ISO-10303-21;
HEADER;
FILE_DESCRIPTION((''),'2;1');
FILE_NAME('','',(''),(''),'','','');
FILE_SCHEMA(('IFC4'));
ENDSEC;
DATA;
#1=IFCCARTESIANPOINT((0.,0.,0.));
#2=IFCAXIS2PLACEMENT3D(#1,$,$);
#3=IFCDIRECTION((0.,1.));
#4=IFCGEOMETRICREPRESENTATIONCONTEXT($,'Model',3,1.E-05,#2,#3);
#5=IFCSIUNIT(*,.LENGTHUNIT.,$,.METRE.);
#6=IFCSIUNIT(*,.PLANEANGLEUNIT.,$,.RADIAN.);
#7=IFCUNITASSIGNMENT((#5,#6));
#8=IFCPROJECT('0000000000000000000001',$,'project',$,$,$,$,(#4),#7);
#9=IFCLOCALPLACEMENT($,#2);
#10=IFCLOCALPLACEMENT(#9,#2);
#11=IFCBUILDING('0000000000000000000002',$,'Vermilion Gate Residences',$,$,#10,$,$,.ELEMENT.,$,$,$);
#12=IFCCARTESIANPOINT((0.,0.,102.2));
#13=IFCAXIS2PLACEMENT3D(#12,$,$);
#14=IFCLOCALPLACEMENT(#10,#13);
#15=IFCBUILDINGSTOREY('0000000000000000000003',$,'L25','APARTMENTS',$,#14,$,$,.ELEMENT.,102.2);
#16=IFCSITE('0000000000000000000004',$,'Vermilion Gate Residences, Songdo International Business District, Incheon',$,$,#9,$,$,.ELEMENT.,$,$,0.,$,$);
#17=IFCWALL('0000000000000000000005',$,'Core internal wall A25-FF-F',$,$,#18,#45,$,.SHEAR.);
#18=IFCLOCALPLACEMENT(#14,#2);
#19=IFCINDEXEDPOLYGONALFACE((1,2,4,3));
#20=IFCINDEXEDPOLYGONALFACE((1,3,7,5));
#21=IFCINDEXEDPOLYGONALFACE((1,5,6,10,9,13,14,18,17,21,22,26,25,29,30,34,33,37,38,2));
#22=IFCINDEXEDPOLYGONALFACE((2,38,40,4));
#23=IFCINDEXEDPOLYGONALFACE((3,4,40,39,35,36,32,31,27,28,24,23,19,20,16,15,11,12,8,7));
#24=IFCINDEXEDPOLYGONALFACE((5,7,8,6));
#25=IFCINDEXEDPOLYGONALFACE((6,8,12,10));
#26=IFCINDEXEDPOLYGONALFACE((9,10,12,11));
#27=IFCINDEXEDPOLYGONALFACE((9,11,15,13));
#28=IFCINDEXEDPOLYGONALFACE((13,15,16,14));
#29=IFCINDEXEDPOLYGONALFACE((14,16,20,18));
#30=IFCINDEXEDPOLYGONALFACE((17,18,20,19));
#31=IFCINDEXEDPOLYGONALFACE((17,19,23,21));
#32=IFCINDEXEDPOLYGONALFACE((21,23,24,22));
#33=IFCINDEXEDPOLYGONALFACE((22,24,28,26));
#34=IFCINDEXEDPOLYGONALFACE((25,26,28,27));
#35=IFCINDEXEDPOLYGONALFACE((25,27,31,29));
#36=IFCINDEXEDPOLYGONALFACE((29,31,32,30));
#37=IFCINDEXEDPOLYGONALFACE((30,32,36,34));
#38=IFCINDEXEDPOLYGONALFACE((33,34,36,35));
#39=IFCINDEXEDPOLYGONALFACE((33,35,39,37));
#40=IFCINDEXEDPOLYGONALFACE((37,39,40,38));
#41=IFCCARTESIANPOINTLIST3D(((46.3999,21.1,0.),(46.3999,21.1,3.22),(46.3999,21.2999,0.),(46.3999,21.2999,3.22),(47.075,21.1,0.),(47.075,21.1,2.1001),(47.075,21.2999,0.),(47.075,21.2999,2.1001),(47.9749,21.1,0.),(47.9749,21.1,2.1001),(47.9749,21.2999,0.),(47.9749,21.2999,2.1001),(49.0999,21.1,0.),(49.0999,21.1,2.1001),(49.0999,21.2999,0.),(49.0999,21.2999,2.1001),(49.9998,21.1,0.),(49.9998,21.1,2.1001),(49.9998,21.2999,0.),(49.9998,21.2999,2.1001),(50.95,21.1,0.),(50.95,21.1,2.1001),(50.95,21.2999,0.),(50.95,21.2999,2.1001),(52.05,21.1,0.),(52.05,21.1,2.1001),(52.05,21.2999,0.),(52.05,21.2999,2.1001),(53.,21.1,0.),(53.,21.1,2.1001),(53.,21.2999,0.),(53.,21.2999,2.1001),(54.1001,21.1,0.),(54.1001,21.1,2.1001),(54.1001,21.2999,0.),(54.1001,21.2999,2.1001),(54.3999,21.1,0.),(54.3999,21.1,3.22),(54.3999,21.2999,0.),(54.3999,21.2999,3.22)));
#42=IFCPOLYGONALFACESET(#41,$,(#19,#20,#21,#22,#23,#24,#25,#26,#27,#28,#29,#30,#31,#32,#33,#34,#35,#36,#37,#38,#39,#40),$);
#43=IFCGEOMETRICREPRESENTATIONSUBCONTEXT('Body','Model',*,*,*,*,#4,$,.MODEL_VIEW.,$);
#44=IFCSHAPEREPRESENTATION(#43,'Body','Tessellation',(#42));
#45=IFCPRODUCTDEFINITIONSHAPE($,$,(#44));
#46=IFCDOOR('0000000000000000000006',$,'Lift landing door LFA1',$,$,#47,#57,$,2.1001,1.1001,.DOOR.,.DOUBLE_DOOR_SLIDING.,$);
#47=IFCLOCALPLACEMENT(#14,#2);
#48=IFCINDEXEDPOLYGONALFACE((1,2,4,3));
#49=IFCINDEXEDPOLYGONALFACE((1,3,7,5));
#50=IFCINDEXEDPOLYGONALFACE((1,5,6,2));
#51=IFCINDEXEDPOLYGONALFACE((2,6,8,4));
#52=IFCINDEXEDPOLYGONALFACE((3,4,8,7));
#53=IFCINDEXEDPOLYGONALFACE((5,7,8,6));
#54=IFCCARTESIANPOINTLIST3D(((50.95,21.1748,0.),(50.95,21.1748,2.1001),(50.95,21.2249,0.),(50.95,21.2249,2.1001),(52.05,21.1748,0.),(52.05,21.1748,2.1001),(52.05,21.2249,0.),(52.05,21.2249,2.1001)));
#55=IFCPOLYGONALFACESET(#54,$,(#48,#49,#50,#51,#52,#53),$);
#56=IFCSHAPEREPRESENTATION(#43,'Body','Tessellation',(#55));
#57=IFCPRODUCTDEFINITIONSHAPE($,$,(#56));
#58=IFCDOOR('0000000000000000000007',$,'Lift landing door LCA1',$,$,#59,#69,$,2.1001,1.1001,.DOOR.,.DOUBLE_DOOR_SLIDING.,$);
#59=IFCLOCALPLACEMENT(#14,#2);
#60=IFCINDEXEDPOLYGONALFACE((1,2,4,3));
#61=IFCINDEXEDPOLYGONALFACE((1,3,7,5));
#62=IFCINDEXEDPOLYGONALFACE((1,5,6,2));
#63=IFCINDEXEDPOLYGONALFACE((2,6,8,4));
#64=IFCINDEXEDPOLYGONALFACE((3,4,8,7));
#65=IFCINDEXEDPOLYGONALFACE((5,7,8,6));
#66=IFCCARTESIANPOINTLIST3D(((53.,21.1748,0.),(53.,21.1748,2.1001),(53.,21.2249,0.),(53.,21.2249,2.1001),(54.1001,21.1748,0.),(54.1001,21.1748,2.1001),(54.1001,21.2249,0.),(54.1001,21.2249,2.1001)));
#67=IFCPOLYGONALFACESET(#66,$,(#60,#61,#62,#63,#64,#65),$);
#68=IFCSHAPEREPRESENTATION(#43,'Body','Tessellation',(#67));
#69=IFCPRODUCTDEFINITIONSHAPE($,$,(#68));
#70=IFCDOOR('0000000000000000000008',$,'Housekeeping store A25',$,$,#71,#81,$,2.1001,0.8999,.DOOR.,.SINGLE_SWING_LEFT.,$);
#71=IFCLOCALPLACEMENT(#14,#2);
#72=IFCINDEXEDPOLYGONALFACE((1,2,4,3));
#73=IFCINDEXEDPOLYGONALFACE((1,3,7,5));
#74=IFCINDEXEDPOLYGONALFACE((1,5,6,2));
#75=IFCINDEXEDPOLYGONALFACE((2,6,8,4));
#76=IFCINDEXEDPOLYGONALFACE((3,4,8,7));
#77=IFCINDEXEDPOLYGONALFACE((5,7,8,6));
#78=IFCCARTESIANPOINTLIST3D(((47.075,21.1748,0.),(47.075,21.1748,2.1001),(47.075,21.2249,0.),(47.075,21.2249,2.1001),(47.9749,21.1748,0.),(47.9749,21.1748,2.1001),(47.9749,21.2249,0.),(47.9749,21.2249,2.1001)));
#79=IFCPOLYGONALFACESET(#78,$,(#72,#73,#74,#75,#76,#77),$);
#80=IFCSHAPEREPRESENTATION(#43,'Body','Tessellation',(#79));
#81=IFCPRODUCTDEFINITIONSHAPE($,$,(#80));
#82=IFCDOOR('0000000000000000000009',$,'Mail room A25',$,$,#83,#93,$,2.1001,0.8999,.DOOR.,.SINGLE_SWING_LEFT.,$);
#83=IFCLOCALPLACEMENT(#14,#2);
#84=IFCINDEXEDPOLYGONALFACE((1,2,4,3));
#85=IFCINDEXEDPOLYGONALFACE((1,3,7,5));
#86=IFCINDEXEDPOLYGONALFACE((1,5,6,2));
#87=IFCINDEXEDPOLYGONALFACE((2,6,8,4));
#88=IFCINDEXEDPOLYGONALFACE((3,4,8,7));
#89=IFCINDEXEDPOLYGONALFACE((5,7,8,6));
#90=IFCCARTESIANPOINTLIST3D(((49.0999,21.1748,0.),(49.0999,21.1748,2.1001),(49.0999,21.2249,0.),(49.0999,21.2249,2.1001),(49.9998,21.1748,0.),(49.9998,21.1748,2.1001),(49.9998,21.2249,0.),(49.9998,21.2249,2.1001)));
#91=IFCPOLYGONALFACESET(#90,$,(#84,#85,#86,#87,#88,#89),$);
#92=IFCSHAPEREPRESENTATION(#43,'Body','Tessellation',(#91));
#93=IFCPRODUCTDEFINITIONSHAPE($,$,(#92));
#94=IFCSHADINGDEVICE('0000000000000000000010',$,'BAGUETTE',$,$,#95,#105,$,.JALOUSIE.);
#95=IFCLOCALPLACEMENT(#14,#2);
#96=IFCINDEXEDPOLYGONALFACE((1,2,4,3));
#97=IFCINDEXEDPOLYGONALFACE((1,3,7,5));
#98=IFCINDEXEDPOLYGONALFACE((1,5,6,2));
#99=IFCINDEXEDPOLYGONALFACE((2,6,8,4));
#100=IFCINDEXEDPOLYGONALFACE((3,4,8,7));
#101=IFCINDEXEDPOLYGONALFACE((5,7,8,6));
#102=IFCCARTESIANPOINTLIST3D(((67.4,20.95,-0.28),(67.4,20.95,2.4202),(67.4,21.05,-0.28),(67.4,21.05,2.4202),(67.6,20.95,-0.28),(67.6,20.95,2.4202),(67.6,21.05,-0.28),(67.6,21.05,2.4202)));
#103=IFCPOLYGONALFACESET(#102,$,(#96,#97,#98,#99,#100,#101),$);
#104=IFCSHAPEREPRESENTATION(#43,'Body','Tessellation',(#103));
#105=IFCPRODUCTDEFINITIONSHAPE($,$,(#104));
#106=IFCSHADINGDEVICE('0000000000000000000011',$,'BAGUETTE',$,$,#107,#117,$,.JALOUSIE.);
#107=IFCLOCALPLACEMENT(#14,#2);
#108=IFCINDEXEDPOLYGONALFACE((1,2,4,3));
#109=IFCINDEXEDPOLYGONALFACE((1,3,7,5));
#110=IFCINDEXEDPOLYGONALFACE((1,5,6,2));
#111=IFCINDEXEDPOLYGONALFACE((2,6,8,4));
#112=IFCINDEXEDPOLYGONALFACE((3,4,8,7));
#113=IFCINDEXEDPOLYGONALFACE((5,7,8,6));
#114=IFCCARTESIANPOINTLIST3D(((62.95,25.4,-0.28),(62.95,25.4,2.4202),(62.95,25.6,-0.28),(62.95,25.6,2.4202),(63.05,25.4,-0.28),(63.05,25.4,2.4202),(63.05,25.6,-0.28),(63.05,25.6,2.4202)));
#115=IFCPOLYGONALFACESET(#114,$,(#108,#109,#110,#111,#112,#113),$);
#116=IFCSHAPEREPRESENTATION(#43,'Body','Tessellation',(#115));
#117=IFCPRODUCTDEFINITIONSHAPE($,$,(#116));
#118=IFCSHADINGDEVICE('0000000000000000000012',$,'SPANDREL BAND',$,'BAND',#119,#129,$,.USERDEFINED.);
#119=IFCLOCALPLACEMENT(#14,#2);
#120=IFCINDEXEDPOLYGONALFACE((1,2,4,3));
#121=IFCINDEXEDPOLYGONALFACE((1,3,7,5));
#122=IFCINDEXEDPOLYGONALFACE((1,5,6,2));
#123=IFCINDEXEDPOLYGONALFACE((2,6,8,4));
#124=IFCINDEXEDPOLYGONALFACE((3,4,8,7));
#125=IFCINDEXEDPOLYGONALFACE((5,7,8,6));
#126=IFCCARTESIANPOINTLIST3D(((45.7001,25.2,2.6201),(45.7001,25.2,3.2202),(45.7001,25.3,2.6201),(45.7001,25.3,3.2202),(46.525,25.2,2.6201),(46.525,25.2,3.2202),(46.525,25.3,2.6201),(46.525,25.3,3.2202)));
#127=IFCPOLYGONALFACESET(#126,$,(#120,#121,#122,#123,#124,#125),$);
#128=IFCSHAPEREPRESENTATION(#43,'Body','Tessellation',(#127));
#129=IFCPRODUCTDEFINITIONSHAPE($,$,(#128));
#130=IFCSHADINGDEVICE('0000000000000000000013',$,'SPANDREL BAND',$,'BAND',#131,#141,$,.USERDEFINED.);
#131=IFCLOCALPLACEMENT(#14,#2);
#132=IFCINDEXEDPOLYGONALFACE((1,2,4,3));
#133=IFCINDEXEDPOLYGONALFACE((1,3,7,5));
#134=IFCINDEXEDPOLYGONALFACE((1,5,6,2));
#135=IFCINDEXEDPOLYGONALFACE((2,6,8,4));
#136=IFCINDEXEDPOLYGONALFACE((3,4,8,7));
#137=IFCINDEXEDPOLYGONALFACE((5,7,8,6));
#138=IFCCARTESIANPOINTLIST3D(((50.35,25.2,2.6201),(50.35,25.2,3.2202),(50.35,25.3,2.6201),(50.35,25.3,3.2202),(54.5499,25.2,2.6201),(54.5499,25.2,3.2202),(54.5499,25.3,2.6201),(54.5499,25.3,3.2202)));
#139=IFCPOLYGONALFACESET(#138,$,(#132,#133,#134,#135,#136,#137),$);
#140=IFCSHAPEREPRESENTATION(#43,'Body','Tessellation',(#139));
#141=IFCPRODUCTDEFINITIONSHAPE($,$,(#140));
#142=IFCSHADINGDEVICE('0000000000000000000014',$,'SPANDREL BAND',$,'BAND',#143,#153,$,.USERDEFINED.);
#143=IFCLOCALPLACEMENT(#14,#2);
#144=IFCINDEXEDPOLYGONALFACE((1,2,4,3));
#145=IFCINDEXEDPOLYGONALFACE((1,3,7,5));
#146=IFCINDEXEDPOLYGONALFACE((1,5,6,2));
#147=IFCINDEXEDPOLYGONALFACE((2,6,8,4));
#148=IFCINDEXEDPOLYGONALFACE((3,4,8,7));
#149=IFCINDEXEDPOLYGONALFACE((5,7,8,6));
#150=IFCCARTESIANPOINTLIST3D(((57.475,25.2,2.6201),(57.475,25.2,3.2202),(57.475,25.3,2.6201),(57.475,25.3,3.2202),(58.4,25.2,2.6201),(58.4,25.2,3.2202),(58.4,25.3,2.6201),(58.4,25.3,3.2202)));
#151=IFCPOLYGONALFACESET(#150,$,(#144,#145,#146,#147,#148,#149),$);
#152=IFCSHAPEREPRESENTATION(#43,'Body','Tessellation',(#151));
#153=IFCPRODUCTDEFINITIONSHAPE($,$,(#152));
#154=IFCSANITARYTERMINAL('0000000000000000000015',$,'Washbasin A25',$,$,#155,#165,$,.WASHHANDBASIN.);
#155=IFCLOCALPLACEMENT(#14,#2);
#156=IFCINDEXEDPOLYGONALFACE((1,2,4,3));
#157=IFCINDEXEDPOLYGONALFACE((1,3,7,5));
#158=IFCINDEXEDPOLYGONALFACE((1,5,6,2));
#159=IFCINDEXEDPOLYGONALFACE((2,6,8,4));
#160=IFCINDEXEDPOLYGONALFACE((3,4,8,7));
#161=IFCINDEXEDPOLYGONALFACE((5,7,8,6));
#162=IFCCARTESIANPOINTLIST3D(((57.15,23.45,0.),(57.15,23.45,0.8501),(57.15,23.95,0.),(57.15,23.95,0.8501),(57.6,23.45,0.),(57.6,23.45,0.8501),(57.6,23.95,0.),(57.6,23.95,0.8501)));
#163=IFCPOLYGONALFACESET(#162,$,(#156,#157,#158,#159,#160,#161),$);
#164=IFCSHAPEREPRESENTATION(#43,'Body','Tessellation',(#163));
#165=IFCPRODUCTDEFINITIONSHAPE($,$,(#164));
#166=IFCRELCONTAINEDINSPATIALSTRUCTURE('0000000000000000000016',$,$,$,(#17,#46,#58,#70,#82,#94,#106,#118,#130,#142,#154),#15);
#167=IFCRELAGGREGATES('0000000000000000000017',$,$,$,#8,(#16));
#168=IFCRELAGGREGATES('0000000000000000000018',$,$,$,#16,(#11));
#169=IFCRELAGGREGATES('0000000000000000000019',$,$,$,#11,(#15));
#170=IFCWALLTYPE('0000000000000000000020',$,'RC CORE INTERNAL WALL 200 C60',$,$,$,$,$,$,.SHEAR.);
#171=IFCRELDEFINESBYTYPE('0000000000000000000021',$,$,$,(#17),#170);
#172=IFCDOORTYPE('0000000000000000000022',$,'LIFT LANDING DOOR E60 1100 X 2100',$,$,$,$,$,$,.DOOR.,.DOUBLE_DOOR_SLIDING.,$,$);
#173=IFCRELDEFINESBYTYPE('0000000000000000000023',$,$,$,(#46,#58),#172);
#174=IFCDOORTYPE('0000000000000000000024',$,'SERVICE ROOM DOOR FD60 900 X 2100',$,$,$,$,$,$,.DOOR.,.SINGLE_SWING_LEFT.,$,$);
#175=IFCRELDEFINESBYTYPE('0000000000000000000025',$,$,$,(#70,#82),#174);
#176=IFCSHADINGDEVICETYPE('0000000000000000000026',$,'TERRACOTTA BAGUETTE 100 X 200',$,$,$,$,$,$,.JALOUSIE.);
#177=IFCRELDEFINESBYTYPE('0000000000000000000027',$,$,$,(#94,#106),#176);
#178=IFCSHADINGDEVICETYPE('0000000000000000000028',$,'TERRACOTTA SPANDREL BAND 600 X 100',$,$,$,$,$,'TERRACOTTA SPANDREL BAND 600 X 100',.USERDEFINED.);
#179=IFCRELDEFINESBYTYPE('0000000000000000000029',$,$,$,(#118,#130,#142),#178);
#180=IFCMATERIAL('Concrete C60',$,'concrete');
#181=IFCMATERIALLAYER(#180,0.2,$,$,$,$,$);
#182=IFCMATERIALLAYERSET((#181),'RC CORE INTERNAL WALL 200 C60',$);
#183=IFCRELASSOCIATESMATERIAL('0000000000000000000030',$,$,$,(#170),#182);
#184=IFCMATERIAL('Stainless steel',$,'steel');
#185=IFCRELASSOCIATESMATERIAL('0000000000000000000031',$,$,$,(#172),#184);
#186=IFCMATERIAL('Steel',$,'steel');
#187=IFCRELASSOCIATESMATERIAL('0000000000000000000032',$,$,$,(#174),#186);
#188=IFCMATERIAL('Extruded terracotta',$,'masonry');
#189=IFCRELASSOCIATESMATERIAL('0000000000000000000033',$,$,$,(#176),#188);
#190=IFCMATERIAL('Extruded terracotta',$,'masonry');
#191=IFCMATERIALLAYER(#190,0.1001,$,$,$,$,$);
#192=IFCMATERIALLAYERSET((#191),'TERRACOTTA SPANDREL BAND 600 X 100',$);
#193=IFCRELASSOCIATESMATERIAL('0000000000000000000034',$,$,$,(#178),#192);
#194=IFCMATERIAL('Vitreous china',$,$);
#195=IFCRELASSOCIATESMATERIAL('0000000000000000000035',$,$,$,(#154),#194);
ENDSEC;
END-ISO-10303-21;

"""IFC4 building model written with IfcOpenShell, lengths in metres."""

from ifc_helpers import new_model, si_unit, direction, frame, frame_2d, origin, origin_2d, place, context, subcontext, project, spatial, rectangle, extrude, material, layer, layer_set, material_profile, profile_set, type_object, element, fill, save


model = new_model("IFC4")

# Units and contexts
model_context = context("Model", 3, precision=1e-05, world=origin(), true_north=direction((0.0, 1.0)))
body_context = subcontext(model_context, "Body", "Model", "MODEL_VIEW")
ifc_project = project(units=[si_unit("LENGTHUNIT", "METRE"), si_unit("PLANEANGLEUNIT", "RADIAN")], contexts=[model_context])

# Site, building, storey
site_placement = place(None, origin())
site = spatial("IfcSite", under=ifc_project, at=site_placement, Name="Vermilion Gate Residences, Songdo International Business District, Incheon", CompositionType="ELEMENT", RefElevation=0.0)
building_placement = place(site_placement, origin())
building = spatial("IfcBuilding", under=site, at=building_placement, Name="Vermilion Gate Residences", CompositionType="ELEMENT")
storey_placement = place(building_placement, frame((0.0, 0.0, 102.2)))
storey = spatial("IfcBuildingStorey", under=building, at=storey_placement, Name="L25", Description="APARTMENTS", CompositionType="ELEMENT", Elevation=102.2)

# Shared definitions
ifc_material_1 = material(Name="Concrete C60", Category="concrete")
ifc_layer_1 = layer(ifc_material_1, 0.2)
ifc_layer_set_1 = layer_set([ifc_layer_1], Name="RC CORE INTERNAL WALL 200 C60")
wall_type_1 = type_object("IfcWallType", Name="RC CORE INTERNAL WALL 200 C60", PredefinedType="SHEAR", material=ifc_layer_set_1)

# Wall, openings, doors
wall_1_placement = place(storey_placement, frame((46.3999, 21.2, 0.0), z_axis=(0.0, 0.0, 1.0), x_axis=(1.0, 0.0, 0.0)))
wall_1 = element("IfcWall", 1, at=wall_1_placement, inside=storey, type_object=wall_type_1, Name="Core internal wall A25-FF-F", PredefinedType="SHEAR", context=body_context, shape_type="SweptSolid", body=[
    extrude(rectangle(XDim=8.0, YDim=0.2, at=frame_2d((4.0, 0.0))), origin(), (0.0, 0.0, 1.0), 3.22),
])
opening_1_placement = place(wall_1_placement, frame((0.675, 0.0, 0.0)))
opening_1 = element("IfcOpeningElement", 2, at=opening_1_placement, cuts=wall_1, PredefinedType="OPENING", context=body_context, shape_type="SweptSolid", body=[
    extrude(rectangle(XDim=0.8999, YDim=2.1001, at=frame_2d((0.45, 1.05))), frame((0.0, 0.1099, 0.0), z_axis=(0.0, -1.0, 0.0), x_axis=(1.0, 0.0, 0.0)), (0.0, 0.0, 1.0), 0.22),
])
opening_2_placement = place(wall_1_placement, frame((2.7, 0.0, 0.0)))
opening_2 = element("IfcOpeningElement", 3, at=opening_2_placement, cuts=wall_1, PredefinedType="OPENING", context=body_context, shape_type="SweptSolid", body=[
    extrude(rectangle(XDim=0.8999, YDim=2.1001, at=frame_2d((0.45, 1.05))), frame((0.0, 0.1099, 0.0), z_axis=(0.0, -1.0, 0.0), x_axis=(1.0, 0.0, 0.0)), (0.0, 0.0, 1.0), 0.22),
])
opening_3_placement = place(wall_1_placement, frame((4.55, 0.0, 0.0)))
opening_3 = element("IfcOpeningElement", 4, at=opening_3_placement, cuts=wall_1, PredefinedType="OPENING", context=body_context, shape_type="SweptSolid", body=[
    extrude(rectangle(XDim=1.1001, YDim=2.1001, at=frame_2d((0.55, 1.05))), frame((0.0, 0.1099, 0.0), z_axis=(0.0, -1.0, 0.0), x_axis=(1.0, 0.0, 0.0)), (0.0, 0.0, 1.0), 0.22),
])
opening_4_placement = place(wall_1_placement, frame((6.6001, 0.0, 0.0)))
opening_4 = element("IfcOpeningElement", 5, at=opening_4_placement, cuts=wall_1, PredefinedType="OPENING", context=body_context, shape_type="SweptSolid", body=[
    extrude(rectangle(XDim=1.1001, YDim=2.1001, at=frame_2d((0.55, 1.05))), frame((0.0, 0.1099, 0.0), z_axis=(0.0, -1.0, 0.0), x_axis=(1.0, 0.0, 0.0)), (0.0, 0.0, 1.0), 0.22),
])
ifc_material_2 = material(Name="Stainless steel", Category="steel")
door_type_1 = type_object("IfcDoorType", Name="LIFT LANDING DOOR E60 1100 X 2100", OperationType="DOUBLE_DOOR_SLIDING", PredefinedType="DOOR", material=ifc_material_2)
door_1_placement = place(opening_3_placement, origin())
door_1 = element("IfcDoor", 6, at=door_1_placement, inside=storey, type_object=door_type_1, Name="Lift landing door LFA1", OperationType="DOUBLE_DOOR_SLIDING", OverallHeight=2.1001, OverallWidth=1.1001, PredefinedType="DOOR", context=body_context, shape_type="SweptSolid", body=[
    extrude(rectangle(XDim=1.1001, YDim=2.1001, at=frame_2d((0.55, 1.05))), frame((0.0, 0.0249, 0.0), z_axis=(0.0, -1.0, 0.0), x_axis=(1.0, 0.0, 0.0)), (0.0, 0.0, 1.0), 0.05),
])
fill(opening_3, door_1)
door_2_placement = place(opening_4_placement, origin())
door_2 = element("IfcDoor", 7, at=door_2_placement, inside=storey, type_object=door_type_1, Name="Lift landing door LCA1", OperationType="DOUBLE_DOOR_SLIDING", OverallHeight=2.1001, OverallWidth=1.1001, PredefinedType="DOOR", context=body_context, shape_type="SweptSolid", body=[
    extrude(rectangle(XDim=1.1001, YDim=2.1001, at=frame_2d((0.55, 1.05))), frame((0.0, 0.0249, 0.0), z_axis=(0.0, -1.0, 0.0), x_axis=(1.0, 0.0, 0.0)), (0.0, 0.0, 1.0), 0.05),
])
fill(opening_4, door_2)
ifc_material_3 = material(Name="Steel", Category="steel")
door_type_2 = type_object("IfcDoorType", Name="SERVICE ROOM DOOR FD60 900 X 2100", OperationType="SINGLE_SWING_LEFT", PredefinedType="DOOR", material=ifc_material_3)
door_3_placement = place(opening_1_placement, origin())
door_3 = element("IfcDoor", 8, at=door_3_placement, inside=storey, type_object=door_type_2, Name="Housekeeping store A25", OperationType="SINGLE_SWING_LEFT", OverallHeight=2.1001, OverallWidth=0.8999, PredefinedType="DOOR", context=body_context, shape_type="SweptSolid", body=[
    extrude(rectangle(XDim=0.8999, YDim=2.1001, at=frame_2d((0.45, 1.05))), frame((0.0, 0.0249, 0.0), z_axis=(0.0, -1.0, 0.0), x_axis=(1.0, 0.0, 0.0)), (0.0, 0.0, 1.0), 0.05),
])
fill(opening_1, door_3)
door_4_placement = place(opening_2_placement, origin())
door_4 = element("IfcDoor", 9, at=door_4_placement, inside=storey, type_object=door_type_2, Name="Mail room A25", OperationType="SINGLE_SWING_LEFT", OverallHeight=2.1001, OverallWidth=0.8999, PredefinedType="DOOR", context=body_context, shape_type="SweptSolid", body=[
    extrude(rectangle(XDim=0.8999, YDim=2.1001, at=frame_2d((0.45, 1.05))), frame((0.0, 0.0249, 0.0), z_axis=(0.0, -1.0, 0.0), x_axis=(1.0, 0.0, 0.0)), (0.0, 0.0, 1.0), 0.05),
])
fill(opening_2, door_4)

# Shading devices
ifc_material_4 = material(Name="Extruded terracotta", Category="masonry")
ifc_material_profile_1 = material_profile(ifc_material_4, rectangle(XDim=0.2, YDim=0.1001, at=origin_2d()), Name="BAGUETTE 100 X 200")
ifc_profile_set_1 = profile_set([ifc_material_profile_1], Name="Extruded terracotta")
shading_device_type_1 = type_object("IfcShadingDeviceType", Name="TERRACOTTA BAGUETTE 100 X 200", PredefinedType="JALOUSIE", material=ifc_profile_set_1)
for number, where, z_axis, x_axis, name in (
    (10, (67.5, 21.0, -0.28), (0.0, 0.0, 1.0), (-1.0, 0.0, 0.0), "BAGUETTE"),
    (11, (63.0, 25.5, -0.28), (0.0, 0.0, 1.0), (0.0, -1.0, 0.0), "BAGUETTE"),
):
    element("IfcShadingDevice", number, at=place(storey_placement, frame(where, z_axis=z_axis, x_axis=x_axis)), inside=storey, type_object=shading_device_type_1, Name=name, PredefinedType="JALOUSIE", context=body_context, shape_type="SweptSolid", body=[
        extrude(rectangle(XDim=0.2, YDim=0.1001, at=origin_2d()), origin(), (0.0, 0.0, 1.0), 2.7002),
    ])
ifc_material_5 = material(Name="Extruded terracotta", Category="masonry")
ifc_layer_2 = layer(ifc_material_5, 0.1001)
ifc_layer_set_2 = layer_set([ifc_layer_2], Name="TERRACOTTA SPANDREL BAND 600 X 100")
shading_device_type_2 = type_object("IfcShadingDeviceType", Name="TERRACOTTA SPANDREL BAND 600 X 100", ElementType="TERRACOTTA SPANDREL BAND 600 X 100", PredefinedType="USERDEFINED", material=ifc_layer_set_2)
shading_device_1_placement = place(storey_placement, frame((46.1125, 25.25, 2.6201), z_axis=(0.0, 0.0, 1.0), x_axis=(1.0, 0.0, 0.0)))
element("IfcShadingDevice", 12, at=shading_device_1_placement, inside=storey, type_object=shading_device_type_2, Name="SPANDREL BAND", ObjectType="BAND", PredefinedType="USERDEFINED", context=body_context, shape_type="SweptSolid", body=[
    extrude(rectangle(XDim=0.825, YDim=0.1001, at=origin_2d()), origin(), (0.0, 0.0, 1.0), 0.6001),
])
shading_device_2_placement = place(storey_placement, frame((52.45, 25.25, 2.6201), z_axis=(0.0, 0.0, 1.0), x_axis=(1.0, 0.0, 0.0)))
element("IfcShadingDevice", 13, at=shading_device_2_placement, inside=storey, type_object=shading_device_type_2, Name="SPANDREL BAND", ObjectType="BAND", PredefinedType="USERDEFINED", context=body_context, shape_type="SweptSolid", body=[
    extrude(rectangle(XDim=4.2, YDim=0.1001, at=origin_2d()), origin(), (0.0, 0.0, 1.0), 0.6001),
])
shading_device_3_placement = place(storey_placement, frame((57.9375, 25.25, 2.6201), z_axis=(0.0, 0.0, 1.0), x_axis=(1.0, 0.0, 0.0)))
element("IfcShadingDevice", 14, at=shading_device_3_placement, inside=storey, type_object=shading_device_type_2, Name="SPANDREL BAND", ObjectType="BAND", PredefinedType="USERDEFINED", context=body_context, shape_type="SweptSolid", body=[
    extrude(rectangle(XDim=0.925, YDim=0.1001, at=origin_2d()), origin(), (0.0, 0.0, 1.0), 0.6001),
])

# Sanitary terminal
ifc_material_6 = material(Name="Vitreous china")
sanitary_terminal_placement = place(storey_placement, frame((57.375, 23.7, 0.0), z_axis=(0.0, 0.0, 1.0), x_axis=(1.0, 0.0, 0.0)))
element("IfcSanitaryTerminal", 15, at=sanitary_terminal_placement, inside=storey, material=ifc_material_6, Name="Washbasin A25", PredefinedType="WASHHANDBASIN", context=body_context, shape_type="SweptSolid", body=[
    extrude(rectangle(XDim=0.45, YDim=0.5, at=origin_2d()), origin(), (0.0, 0.0, 1.0), 0.8501),
])

save(model, "model.ifc")
